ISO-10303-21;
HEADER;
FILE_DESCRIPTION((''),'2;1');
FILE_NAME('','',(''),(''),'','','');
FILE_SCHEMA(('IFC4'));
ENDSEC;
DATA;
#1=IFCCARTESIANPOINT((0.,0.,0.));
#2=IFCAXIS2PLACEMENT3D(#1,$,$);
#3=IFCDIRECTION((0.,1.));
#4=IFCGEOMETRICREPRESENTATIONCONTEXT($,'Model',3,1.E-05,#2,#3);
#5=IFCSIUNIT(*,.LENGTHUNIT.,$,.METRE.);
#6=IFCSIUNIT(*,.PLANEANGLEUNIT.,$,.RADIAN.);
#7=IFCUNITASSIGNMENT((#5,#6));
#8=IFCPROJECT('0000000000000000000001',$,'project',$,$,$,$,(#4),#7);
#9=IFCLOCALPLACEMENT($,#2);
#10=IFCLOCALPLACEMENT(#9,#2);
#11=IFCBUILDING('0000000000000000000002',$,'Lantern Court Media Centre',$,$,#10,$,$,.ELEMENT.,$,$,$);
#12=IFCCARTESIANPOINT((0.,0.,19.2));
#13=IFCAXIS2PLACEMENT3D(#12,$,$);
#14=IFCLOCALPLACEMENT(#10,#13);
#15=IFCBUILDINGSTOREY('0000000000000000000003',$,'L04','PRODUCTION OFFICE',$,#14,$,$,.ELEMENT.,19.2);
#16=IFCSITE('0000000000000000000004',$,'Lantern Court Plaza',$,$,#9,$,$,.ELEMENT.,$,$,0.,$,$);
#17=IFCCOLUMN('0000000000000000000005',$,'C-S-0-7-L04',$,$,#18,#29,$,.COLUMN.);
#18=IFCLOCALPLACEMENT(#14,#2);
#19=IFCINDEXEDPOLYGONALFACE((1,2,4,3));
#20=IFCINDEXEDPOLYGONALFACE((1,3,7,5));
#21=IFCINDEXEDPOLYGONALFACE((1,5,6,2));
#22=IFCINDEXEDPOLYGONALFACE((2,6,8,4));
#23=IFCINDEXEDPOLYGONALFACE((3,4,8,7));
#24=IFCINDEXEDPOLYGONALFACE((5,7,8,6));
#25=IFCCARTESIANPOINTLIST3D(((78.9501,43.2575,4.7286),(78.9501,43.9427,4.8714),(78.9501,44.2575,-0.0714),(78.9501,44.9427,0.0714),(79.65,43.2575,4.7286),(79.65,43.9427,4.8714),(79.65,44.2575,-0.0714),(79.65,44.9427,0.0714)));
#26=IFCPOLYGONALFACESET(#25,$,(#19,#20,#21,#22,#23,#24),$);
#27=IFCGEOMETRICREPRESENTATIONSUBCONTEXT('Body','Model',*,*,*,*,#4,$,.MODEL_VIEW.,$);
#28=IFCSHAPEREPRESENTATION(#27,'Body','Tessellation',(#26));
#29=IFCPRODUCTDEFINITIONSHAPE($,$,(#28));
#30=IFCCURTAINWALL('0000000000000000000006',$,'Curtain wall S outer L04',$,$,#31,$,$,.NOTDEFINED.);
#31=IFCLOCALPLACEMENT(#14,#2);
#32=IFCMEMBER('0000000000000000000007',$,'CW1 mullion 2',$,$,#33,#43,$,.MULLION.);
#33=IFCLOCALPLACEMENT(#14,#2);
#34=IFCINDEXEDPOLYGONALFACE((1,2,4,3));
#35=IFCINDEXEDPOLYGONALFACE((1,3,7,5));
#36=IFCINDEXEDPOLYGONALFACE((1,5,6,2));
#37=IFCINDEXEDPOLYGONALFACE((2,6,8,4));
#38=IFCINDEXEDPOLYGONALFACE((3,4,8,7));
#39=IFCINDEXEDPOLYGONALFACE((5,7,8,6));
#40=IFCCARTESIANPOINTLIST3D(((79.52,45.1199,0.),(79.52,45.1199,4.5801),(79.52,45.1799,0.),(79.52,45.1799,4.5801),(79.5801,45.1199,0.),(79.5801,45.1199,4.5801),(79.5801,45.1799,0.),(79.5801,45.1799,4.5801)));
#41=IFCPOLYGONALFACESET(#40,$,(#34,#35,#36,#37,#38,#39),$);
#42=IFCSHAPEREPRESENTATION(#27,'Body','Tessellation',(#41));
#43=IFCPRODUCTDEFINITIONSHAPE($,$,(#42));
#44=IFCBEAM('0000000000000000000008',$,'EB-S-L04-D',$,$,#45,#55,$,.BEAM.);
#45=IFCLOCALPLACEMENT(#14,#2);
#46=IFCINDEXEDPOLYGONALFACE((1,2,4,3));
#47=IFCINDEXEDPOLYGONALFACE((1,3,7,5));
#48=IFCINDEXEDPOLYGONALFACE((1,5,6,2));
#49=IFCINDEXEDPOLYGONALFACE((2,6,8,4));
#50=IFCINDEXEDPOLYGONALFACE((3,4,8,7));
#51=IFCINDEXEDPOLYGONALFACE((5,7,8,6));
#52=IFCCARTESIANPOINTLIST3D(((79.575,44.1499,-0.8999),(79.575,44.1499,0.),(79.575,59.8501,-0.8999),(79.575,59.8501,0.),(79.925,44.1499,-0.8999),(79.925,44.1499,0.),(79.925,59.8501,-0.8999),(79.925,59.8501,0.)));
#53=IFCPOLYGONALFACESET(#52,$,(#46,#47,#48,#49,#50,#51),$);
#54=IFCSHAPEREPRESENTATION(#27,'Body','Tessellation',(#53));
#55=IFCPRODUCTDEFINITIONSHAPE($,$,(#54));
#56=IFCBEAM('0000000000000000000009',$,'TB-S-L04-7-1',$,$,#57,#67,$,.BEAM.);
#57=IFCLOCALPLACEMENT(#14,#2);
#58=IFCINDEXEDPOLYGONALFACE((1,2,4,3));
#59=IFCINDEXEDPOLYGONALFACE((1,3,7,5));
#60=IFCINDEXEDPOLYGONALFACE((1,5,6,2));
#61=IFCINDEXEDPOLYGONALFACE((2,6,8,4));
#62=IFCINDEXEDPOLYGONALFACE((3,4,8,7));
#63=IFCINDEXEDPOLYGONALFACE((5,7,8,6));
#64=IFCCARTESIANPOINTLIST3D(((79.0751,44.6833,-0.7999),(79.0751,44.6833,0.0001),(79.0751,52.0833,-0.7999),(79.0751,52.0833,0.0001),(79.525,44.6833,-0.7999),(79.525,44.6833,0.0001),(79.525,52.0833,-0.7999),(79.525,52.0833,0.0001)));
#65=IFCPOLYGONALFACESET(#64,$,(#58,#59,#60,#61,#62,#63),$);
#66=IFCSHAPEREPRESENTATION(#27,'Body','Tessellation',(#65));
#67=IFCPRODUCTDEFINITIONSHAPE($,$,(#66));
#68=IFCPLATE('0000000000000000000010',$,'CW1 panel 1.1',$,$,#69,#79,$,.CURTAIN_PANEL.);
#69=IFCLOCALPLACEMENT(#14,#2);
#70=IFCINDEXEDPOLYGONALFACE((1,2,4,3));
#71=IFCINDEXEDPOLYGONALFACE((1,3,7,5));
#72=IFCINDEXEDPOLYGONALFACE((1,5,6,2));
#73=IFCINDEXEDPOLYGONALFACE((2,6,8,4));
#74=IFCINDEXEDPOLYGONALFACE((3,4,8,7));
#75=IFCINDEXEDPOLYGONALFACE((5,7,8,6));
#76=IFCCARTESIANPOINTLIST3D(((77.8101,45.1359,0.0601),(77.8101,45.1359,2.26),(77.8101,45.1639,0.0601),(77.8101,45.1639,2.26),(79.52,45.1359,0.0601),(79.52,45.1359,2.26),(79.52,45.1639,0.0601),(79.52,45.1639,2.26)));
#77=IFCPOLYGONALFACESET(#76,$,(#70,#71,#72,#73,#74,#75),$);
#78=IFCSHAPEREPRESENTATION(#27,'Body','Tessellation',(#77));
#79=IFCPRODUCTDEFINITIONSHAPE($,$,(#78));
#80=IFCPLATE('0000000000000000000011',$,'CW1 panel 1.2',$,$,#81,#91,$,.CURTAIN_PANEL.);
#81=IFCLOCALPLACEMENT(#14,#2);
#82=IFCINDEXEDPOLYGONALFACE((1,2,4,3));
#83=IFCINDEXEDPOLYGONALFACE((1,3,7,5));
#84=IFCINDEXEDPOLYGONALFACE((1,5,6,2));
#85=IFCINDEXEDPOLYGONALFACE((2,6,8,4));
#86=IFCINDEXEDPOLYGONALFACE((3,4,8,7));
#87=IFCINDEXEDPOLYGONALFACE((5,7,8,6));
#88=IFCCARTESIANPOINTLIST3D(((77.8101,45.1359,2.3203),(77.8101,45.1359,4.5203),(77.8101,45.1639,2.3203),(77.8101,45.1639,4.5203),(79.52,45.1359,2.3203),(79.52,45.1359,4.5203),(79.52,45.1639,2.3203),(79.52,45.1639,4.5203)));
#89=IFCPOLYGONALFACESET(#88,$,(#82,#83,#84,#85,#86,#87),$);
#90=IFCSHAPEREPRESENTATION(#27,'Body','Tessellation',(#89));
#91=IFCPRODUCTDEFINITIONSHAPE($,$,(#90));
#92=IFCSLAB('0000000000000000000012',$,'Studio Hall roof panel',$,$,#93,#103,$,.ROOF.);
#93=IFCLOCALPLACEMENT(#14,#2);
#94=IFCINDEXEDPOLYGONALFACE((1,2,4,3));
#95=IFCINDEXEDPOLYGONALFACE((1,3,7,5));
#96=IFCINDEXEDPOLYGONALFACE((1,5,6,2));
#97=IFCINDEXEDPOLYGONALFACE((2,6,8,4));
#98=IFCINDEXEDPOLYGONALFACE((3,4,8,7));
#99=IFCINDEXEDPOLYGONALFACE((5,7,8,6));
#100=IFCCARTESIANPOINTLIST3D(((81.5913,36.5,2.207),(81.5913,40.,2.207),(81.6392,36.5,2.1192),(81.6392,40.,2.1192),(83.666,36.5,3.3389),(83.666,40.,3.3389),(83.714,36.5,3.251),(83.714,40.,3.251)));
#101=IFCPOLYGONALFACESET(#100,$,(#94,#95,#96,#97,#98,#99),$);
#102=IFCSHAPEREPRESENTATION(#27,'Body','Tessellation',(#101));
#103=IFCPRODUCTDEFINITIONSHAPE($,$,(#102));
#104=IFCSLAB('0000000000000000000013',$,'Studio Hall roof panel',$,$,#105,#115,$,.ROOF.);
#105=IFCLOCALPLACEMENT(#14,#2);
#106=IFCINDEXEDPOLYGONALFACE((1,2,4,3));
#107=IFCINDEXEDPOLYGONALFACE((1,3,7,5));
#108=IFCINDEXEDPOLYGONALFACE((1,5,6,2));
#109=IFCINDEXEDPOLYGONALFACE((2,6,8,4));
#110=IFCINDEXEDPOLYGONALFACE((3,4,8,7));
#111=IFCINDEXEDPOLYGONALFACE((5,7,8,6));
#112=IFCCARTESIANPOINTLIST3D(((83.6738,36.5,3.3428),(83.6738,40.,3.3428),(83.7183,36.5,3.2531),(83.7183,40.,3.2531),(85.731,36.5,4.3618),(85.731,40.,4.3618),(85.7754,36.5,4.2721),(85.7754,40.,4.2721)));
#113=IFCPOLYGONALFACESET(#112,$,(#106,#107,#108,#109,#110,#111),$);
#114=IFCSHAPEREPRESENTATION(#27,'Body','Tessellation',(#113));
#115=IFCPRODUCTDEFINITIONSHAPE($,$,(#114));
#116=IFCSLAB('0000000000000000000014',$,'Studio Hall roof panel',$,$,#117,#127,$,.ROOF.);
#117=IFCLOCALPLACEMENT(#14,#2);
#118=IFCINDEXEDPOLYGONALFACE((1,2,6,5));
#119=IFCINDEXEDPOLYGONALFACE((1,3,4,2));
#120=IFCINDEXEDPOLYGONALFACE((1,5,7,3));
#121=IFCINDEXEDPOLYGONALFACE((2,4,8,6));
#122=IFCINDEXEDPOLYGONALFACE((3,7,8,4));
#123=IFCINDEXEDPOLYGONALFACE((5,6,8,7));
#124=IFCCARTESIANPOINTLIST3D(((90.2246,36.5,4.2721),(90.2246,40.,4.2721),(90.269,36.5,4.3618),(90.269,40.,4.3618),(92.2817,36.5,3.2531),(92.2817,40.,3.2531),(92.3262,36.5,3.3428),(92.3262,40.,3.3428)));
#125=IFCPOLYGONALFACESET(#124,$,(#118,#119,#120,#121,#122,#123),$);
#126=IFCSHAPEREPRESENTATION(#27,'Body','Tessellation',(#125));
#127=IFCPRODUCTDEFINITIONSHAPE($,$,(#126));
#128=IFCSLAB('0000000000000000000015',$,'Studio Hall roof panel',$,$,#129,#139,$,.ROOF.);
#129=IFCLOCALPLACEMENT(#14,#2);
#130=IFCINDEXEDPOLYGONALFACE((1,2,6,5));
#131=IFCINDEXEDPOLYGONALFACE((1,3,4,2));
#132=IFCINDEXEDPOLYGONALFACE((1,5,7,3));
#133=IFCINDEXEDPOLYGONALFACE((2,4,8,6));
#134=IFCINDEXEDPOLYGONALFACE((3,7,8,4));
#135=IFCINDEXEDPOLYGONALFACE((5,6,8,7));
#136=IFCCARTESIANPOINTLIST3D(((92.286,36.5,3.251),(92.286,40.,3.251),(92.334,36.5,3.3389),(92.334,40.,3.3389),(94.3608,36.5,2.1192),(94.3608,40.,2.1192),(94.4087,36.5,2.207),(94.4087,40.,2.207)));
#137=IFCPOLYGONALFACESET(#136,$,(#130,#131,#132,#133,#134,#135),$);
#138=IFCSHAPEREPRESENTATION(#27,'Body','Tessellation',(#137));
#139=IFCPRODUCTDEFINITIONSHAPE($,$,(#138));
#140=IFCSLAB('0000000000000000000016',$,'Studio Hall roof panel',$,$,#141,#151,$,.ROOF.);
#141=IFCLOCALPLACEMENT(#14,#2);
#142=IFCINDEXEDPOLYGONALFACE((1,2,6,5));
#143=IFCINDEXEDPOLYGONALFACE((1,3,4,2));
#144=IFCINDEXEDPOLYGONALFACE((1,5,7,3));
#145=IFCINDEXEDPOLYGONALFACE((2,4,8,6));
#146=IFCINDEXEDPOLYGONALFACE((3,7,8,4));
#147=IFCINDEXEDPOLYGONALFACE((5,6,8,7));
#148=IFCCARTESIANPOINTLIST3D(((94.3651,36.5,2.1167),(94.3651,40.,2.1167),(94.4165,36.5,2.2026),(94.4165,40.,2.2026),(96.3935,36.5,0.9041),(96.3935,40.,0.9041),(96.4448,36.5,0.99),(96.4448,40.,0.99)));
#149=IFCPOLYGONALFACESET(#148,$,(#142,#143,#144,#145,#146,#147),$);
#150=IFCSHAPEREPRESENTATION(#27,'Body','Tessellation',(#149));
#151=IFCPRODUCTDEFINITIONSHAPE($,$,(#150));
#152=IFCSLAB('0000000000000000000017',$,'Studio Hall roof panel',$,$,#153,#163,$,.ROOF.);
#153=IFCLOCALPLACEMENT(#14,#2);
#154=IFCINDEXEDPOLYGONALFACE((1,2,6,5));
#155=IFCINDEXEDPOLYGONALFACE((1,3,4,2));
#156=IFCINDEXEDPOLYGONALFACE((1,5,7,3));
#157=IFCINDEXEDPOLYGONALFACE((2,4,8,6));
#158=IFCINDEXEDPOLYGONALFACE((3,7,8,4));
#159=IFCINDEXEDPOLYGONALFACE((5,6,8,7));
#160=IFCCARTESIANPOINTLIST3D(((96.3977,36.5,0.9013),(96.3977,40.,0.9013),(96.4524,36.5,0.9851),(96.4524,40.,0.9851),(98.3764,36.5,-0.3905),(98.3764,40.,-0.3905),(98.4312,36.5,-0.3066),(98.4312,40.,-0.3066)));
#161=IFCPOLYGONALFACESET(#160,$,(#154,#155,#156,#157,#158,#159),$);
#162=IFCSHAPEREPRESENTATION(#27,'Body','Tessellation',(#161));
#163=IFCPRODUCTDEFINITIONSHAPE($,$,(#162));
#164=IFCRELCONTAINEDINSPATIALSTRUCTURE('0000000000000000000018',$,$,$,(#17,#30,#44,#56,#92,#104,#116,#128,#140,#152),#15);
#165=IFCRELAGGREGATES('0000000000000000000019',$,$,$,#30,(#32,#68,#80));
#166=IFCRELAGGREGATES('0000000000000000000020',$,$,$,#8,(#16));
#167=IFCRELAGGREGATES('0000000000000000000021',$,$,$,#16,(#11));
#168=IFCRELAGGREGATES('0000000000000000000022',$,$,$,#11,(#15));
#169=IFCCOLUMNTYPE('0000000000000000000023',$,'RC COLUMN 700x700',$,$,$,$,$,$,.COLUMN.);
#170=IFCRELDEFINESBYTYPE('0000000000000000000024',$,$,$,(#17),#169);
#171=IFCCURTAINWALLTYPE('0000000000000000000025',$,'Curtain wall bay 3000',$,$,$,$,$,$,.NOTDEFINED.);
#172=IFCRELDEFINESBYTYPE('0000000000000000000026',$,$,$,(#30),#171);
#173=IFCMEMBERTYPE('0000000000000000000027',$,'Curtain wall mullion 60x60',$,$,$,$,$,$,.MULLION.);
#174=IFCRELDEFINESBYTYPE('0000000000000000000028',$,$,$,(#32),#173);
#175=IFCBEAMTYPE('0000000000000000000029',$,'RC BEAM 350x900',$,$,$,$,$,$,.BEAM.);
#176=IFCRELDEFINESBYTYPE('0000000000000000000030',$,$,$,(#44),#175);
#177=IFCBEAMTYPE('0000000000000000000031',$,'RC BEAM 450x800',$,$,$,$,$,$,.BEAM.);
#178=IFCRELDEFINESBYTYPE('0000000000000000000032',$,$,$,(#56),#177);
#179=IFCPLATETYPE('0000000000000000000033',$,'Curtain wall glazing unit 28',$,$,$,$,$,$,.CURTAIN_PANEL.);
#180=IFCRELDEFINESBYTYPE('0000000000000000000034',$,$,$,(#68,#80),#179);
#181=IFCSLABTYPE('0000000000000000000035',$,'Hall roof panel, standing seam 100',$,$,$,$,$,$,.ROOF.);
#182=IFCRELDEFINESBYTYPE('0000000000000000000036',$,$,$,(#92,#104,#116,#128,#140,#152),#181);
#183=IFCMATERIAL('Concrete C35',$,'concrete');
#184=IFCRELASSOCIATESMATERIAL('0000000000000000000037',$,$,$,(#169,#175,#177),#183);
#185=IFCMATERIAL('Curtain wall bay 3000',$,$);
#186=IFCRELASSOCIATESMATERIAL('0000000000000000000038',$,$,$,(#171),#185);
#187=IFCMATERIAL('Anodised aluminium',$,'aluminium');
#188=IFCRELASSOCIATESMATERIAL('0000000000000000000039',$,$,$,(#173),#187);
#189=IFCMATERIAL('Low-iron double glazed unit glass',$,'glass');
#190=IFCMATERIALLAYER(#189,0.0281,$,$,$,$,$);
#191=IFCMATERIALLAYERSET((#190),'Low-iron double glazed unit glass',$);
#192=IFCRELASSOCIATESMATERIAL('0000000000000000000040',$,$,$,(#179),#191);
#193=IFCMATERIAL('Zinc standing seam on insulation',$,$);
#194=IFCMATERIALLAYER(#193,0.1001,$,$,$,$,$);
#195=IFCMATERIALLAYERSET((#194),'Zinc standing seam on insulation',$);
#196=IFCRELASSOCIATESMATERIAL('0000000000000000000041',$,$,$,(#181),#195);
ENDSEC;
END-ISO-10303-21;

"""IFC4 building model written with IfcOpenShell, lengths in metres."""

from ifc_helpers import new_model, si_unit, direction, frame, origin, origin_2d, place, context, subcontext, project, spatial, polyline, rectangle, outline, extrude, material, layer, layer_set, material_profile, profile_set, type_object, element, aggregate, save


model = new_model("IFC4")

# Units and contexts
model_context = context("Model", 3, precision=1e-05, world=origin(), true_north=direction((0.0, 1.0)))
body_context = subcontext(model_context, "Body", "Model", "MODEL_VIEW")
ifc_project = project(units=[si_unit("LENGTHUNIT", "METRE"), si_unit("PLANEANGLEUNIT", "RADIAN")], contexts=[model_context])

# Site, building, storey
site_placement = place(None, origin())
site = spatial("IfcSite", under=ifc_project, at=site_placement, Name="Lantern Court Plaza", CompositionType="ELEMENT", RefElevation=0.0)
building_placement = place(site_placement, origin())
building = spatial("IfcBuilding", under=site, at=building_placement, Name="Lantern Court Media Centre", CompositionType="ELEMENT")
storey_placement = place(building_placement, frame((0.0, 0.0, 19.2)))
storey = spatial("IfcBuildingStorey", under=building, at=storey_placement, Name="L04", Description="PRODUCTION OFFICE", CompositionType="ELEMENT", Elevation=19.2)

# Column
ifc_material_1 = material(Name="Concrete C35", Category="concrete")
ifc_material_profile_1 = material_profile(ifc_material_1, rectangle(XDim=0.7, YDim=0.7, at=origin_2d()), Name="RC 700x700")
ifc_profile_set_1 = profile_set([ifc_material_profile_1], Name="Concrete C35")
column_type = type_object("IfcColumnType", Name="RC COLUMN 700x700", PredefinedType="COLUMN", material=ifc_profile_set_1)
column_placement = place(storey_placement, frame((79.3, 44.6001, 0.0), z_axis=(0.0, -0.203952, 0.978981), x_axis=(1.0, 0.0, 0.0)))
element("IfcColumn", 1, at=column_placement, inside=storey, type_object=column_type, Name="C-S-0-7-L04", PredefinedType="COLUMN", context=body_context, shape_type="SweptSolid", body=[
    extrude(rectangle(XDim=0.7, YDim=0.7, at=origin_2d()), origin(), (0.0, 0.0, 1.0), 4.9031),
])

# Curtain wall, member
ifc_material_2 = material(Name="Curtain wall bay 3000")
curtain_wall_type = type_object("IfcCurtainWallType", Name="Curtain wall bay 3000", PredefinedType="NOTDEFINED", material=ifc_material_2)
curtain_wall_placement = place(storey_placement, origin())
curtain_wall = element("IfcCurtainWall", 2, at=curtain_wall_placement, inside=storey, type_object=curtain_wall_type, Name="Curtain wall S outer L04", PredefinedType="NOTDEFINED")
ifc_material_3 = material(Name="Anodised aluminium", Category="aluminium")
ifc_material_profile_2 = material_profile(ifc_material_3, rectangle(XDim=0.0601, YDim=0.0601, at=origin_2d()), Name="AL 60x60")
ifc_profile_set_2 = profile_set([ifc_material_profile_2], Name="Anodised aluminium")
member_type = type_object("IfcMemberType", Name="Curtain wall mullion 60x60", PredefinedType="MULLION", material=ifc_profile_set_2)
member_placement = place(storey_placement, frame((79.55, 45.1499, 0.0), z_axis=(0.0, 0.0, 1.0), x_axis=(0.0, 1.0, 0.0)))
member = element("IfcMember", 3, at=member_placement, type_object=member_type, Name="CW1 mullion 2", PredefinedType="MULLION", context=body_context, shape_type="SweptSolid", body=[
    extrude(rectangle(XDim=0.0601, YDim=0.0601, at=origin_2d()), origin(), (0.0, 0.0, 1.0), 4.5801),
])

# Beams
ifc_material_profile_3 = material_profile(ifc_material_1, rectangle(XDim=0.3501, YDim=0.8999, at=origin_2d()), Name="RC 350x900")
ifc_profile_set_3 = profile_set([ifc_material_profile_3], Name="Concrete C35")
beam_type_1 = type_object("IfcBeamType", Name="RC BEAM 350x900", PredefinedType="BEAM", material=ifc_profile_set_3)
beam_1_placement = place(storey_placement, frame((79.75, 44.1499, -0.45), z_axis=(0.0, 1.0, 0.0), x_axis=(-1.0, 0.0, 0.0)))
element("IfcBeam", 4, at=beam_1_placement, inside=storey, type_object=beam_type_1, Name="EB-S-L04-D", PredefinedType="BEAM", context=body_context, shape_type="SweptSolid", body=[
    extrude(rectangle(XDim=0.3501, YDim=0.8999, at=origin_2d()), origin(), (0.0, 0.0, 1.0), 15.7002),
])
ifc_material_profile_4 = material_profile(ifc_material_1, rectangle(XDim=0.45, YDim=0.8, at=origin_2d()), Name="RC 450x800")
ifc_profile_set_4 = profile_set([ifc_material_profile_4], Name="Concrete C35")
beam_type_2 = type_object("IfcBeamType", Name="RC BEAM 450x800", PredefinedType="BEAM", material=ifc_profile_set_4)
beam_2_placement = place(storey_placement, frame((79.3, 44.6833, -0.3999), z_axis=(0.0, 1.0, 0.0), x_axis=(-1.0, 0.0, 0.0)))
element("IfcBeam", 5, at=beam_2_placement, inside=storey, type_object=beam_type_2, Name="TB-S-L04-7-1", PredefinedType="BEAM", context=body_context, shape_type="SweptSolid", body=[
    extrude(rectangle(XDim=0.45, YDim=0.8, at=origin_2d()), origin(), (0.0, 0.0, 1.0), 7.3999),
])

# Plates
ifc_material_4 = material(Name="Low-iron double glazed unit glass", Category="glass")
ifc_layer_1 = layer(ifc_material_4, 0.0281)
ifc_layer_set_1 = layer_set([ifc_layer_1], Name="Low-iron double glazed unit glass")
plate_type = type_object("IfcPlateType", Name="Curtain wall glazing unit 28", PredefinedType="CURTAIN_PANEL", material=ifc_layer_set_1)
plate_1_placement = place(storey_placement, frame((78.665, 45.1499, 0.0601), z_axis=(0.0, 0.0, 1.0), x_axis=(1.0, 0.0, 0.0)))
plate_1 = element("IfcPlate", 6, at=plate_1_placement, type_object=plate_type, Name="CW1 panel 1.1", PredefinedType="CURTAIN_PANEL", context=body_context, shape_type="SweptSolid", body=[
    extrude(rectangle(XDim=1.71, YDim=0.0281, at=origin_2d()), origin(), (0.0, 0.0, 1.0), 2.2),
])
plate_2_placement = place(storey_placement, frame((78.665, 45.1499, 2.3203), z_axis=(0.0, 0.0, 1.0), x_axis=(1.0, 0.0, 0.0)))
plate_2 = element("IfcPlate", 7, at=plate_2_placement, type_object=plate_type, Name="CW1 panel 1.2", PredefinedType="CURTAIN_PANEL", context=body_context, shape_type="SweptSolid", body=[
    extrude(rectangle(XDim=1.71, YDim=0.0281, at=origin_2d()), origin(), (0.0, 0.0, 1.0), 2.2),
])
aggregate(curtain_wall, [member, plate_1, plate_2])

# Slabs
ifc_material_5 = material(Name="Zinc standing seam on insulation")
ifc_layer_2 = layer(ifc_material_5, 0.1001)
ifc_layer_set_2 = layer_set([ifc_layer_2], Name="Zinc standing seam on insulation")
slab_type = type_object("IfcSlabType", Name="Hall roof panel, standing seam 100", PredefinedType="ROOF", material=ifc_layer_set_2)
slab_1_placement = place(storey_placement, frame((81.5913, 36.5, 2.207), z_axis=(-0.47891, 0.0, 0.877864), x_axis=(0.877864, 0.0, 0.47891)))
element("IfcSlab", 8, at=slab_1_placement, inside=storey, type_object=slab_type, Name="Studio Hall roof panel", PredefinedType="ROOF", context=body_context, shape_type="SweptSolid", body=[
    extrude(outline(polyline([(0.0, 0.0), (2.3634, 0.0), (2.3634, 3.5), (0.0, 3.5), (0.0, 0.0)])), origin(), (0.0, 0.0, -1.0), 0.1001),
])
for number, where, z_axis, x_axis, name in (
    (9, (83.6738, 36.5, 3.3428), (-0.443892, 0.0, 0.89608), (0.89608, 0.0, 0.443892), "Studio Hall roof panel"),
    (10, (90.269, 36.5, 4.3618), (0.443892, 0.0, 0.89608), (0.89608, 0.0, -0.443892), "Studio Hall roof panel"),
):
    element("IfcSlab", number, at=place(storey_placement, frame(where, z_axis=z_axis, x_axis=x_axis)), inside=storey, type_object=slab_type, Name=name, PredefinedType="ROOF", context=body_context, shape_type="SweptSolid", body=[
        extrude(outline(polyline([(0.0, 0.0), (2.2957, 0.0), (2.2957, 3.5), (0.0, 3.5), (0.0, 0.0)])), origin(), (0.0, 0.0, -1.0), 0.1001),
    ])
slab_2_placement = place(storey_placement, frame((92.334, 36.5, 3.3389), z_axis=(0.47891, 0.0, 0.877864), x_axis=(0.877864, 0.0, -0.47891)))
element("IfcSlab", 11, at=slab_2_placement, inside=storey, type_object=slab_type, Name="Studio Hall roof panel", PredefinedType="ROOF", context=body_context, shape_type="SweptSolid", body=[
    extrude(outline(polyline([(0.0, 0.0), (2.3634, 0.0), (2.3634, 3.5), (0.0, 3.5), (0.0, 0.0)])), origin(), (0.0, 0.0, -1.0), 0.1001),
])
slab_3_placement = place(storey_placement, frame((94.4165, 36.5, 2.2026), z_axis=(0.513143, 0.0, 0.858303), x_axis=(0.858303, 0.0, -0.513143)))
element("IfcSlab", 12, at=slab_3_placement, inside=storey, type_object=slab_type, Name="Studio Hall roof panel", PredefinedType="ROOF", context=body_context, shape_type="SweptSolid", body=[
    extrude(outline(polyline([(0.0, 0.0), (2.3632, 0.0), (2.3632, 3.5), (0.0, 3.5), (0.0, 0.0)])), origin(), (0.0, 0.0, -1.0), 0.1001),
])
slab_4_placement = place(storey_placement, frame((96.4524, 36.5, 0.9851), z_axis=(0.54664, 0.0, 0.837368), x_axis=(0.837368, 0.0, -0.54664)))
element("IfcSlab", 13, at=slab_4_placement, inside=storey, type_object=slab_type, Name="Studio Hall roof panel", PredefinedType="ROOF", context=body_context, shape_type="SweptSolid", body=[
    extrude(outline(polyline([(0.0, 0.0), (2.3631, 0.0), (2.3631, 3.5), (0.0, 3.5), (0.0, 0.0)])), origin(), (0.0, 0.0, -1.0), 0.1001),
])

save(model, "model.ifc")
